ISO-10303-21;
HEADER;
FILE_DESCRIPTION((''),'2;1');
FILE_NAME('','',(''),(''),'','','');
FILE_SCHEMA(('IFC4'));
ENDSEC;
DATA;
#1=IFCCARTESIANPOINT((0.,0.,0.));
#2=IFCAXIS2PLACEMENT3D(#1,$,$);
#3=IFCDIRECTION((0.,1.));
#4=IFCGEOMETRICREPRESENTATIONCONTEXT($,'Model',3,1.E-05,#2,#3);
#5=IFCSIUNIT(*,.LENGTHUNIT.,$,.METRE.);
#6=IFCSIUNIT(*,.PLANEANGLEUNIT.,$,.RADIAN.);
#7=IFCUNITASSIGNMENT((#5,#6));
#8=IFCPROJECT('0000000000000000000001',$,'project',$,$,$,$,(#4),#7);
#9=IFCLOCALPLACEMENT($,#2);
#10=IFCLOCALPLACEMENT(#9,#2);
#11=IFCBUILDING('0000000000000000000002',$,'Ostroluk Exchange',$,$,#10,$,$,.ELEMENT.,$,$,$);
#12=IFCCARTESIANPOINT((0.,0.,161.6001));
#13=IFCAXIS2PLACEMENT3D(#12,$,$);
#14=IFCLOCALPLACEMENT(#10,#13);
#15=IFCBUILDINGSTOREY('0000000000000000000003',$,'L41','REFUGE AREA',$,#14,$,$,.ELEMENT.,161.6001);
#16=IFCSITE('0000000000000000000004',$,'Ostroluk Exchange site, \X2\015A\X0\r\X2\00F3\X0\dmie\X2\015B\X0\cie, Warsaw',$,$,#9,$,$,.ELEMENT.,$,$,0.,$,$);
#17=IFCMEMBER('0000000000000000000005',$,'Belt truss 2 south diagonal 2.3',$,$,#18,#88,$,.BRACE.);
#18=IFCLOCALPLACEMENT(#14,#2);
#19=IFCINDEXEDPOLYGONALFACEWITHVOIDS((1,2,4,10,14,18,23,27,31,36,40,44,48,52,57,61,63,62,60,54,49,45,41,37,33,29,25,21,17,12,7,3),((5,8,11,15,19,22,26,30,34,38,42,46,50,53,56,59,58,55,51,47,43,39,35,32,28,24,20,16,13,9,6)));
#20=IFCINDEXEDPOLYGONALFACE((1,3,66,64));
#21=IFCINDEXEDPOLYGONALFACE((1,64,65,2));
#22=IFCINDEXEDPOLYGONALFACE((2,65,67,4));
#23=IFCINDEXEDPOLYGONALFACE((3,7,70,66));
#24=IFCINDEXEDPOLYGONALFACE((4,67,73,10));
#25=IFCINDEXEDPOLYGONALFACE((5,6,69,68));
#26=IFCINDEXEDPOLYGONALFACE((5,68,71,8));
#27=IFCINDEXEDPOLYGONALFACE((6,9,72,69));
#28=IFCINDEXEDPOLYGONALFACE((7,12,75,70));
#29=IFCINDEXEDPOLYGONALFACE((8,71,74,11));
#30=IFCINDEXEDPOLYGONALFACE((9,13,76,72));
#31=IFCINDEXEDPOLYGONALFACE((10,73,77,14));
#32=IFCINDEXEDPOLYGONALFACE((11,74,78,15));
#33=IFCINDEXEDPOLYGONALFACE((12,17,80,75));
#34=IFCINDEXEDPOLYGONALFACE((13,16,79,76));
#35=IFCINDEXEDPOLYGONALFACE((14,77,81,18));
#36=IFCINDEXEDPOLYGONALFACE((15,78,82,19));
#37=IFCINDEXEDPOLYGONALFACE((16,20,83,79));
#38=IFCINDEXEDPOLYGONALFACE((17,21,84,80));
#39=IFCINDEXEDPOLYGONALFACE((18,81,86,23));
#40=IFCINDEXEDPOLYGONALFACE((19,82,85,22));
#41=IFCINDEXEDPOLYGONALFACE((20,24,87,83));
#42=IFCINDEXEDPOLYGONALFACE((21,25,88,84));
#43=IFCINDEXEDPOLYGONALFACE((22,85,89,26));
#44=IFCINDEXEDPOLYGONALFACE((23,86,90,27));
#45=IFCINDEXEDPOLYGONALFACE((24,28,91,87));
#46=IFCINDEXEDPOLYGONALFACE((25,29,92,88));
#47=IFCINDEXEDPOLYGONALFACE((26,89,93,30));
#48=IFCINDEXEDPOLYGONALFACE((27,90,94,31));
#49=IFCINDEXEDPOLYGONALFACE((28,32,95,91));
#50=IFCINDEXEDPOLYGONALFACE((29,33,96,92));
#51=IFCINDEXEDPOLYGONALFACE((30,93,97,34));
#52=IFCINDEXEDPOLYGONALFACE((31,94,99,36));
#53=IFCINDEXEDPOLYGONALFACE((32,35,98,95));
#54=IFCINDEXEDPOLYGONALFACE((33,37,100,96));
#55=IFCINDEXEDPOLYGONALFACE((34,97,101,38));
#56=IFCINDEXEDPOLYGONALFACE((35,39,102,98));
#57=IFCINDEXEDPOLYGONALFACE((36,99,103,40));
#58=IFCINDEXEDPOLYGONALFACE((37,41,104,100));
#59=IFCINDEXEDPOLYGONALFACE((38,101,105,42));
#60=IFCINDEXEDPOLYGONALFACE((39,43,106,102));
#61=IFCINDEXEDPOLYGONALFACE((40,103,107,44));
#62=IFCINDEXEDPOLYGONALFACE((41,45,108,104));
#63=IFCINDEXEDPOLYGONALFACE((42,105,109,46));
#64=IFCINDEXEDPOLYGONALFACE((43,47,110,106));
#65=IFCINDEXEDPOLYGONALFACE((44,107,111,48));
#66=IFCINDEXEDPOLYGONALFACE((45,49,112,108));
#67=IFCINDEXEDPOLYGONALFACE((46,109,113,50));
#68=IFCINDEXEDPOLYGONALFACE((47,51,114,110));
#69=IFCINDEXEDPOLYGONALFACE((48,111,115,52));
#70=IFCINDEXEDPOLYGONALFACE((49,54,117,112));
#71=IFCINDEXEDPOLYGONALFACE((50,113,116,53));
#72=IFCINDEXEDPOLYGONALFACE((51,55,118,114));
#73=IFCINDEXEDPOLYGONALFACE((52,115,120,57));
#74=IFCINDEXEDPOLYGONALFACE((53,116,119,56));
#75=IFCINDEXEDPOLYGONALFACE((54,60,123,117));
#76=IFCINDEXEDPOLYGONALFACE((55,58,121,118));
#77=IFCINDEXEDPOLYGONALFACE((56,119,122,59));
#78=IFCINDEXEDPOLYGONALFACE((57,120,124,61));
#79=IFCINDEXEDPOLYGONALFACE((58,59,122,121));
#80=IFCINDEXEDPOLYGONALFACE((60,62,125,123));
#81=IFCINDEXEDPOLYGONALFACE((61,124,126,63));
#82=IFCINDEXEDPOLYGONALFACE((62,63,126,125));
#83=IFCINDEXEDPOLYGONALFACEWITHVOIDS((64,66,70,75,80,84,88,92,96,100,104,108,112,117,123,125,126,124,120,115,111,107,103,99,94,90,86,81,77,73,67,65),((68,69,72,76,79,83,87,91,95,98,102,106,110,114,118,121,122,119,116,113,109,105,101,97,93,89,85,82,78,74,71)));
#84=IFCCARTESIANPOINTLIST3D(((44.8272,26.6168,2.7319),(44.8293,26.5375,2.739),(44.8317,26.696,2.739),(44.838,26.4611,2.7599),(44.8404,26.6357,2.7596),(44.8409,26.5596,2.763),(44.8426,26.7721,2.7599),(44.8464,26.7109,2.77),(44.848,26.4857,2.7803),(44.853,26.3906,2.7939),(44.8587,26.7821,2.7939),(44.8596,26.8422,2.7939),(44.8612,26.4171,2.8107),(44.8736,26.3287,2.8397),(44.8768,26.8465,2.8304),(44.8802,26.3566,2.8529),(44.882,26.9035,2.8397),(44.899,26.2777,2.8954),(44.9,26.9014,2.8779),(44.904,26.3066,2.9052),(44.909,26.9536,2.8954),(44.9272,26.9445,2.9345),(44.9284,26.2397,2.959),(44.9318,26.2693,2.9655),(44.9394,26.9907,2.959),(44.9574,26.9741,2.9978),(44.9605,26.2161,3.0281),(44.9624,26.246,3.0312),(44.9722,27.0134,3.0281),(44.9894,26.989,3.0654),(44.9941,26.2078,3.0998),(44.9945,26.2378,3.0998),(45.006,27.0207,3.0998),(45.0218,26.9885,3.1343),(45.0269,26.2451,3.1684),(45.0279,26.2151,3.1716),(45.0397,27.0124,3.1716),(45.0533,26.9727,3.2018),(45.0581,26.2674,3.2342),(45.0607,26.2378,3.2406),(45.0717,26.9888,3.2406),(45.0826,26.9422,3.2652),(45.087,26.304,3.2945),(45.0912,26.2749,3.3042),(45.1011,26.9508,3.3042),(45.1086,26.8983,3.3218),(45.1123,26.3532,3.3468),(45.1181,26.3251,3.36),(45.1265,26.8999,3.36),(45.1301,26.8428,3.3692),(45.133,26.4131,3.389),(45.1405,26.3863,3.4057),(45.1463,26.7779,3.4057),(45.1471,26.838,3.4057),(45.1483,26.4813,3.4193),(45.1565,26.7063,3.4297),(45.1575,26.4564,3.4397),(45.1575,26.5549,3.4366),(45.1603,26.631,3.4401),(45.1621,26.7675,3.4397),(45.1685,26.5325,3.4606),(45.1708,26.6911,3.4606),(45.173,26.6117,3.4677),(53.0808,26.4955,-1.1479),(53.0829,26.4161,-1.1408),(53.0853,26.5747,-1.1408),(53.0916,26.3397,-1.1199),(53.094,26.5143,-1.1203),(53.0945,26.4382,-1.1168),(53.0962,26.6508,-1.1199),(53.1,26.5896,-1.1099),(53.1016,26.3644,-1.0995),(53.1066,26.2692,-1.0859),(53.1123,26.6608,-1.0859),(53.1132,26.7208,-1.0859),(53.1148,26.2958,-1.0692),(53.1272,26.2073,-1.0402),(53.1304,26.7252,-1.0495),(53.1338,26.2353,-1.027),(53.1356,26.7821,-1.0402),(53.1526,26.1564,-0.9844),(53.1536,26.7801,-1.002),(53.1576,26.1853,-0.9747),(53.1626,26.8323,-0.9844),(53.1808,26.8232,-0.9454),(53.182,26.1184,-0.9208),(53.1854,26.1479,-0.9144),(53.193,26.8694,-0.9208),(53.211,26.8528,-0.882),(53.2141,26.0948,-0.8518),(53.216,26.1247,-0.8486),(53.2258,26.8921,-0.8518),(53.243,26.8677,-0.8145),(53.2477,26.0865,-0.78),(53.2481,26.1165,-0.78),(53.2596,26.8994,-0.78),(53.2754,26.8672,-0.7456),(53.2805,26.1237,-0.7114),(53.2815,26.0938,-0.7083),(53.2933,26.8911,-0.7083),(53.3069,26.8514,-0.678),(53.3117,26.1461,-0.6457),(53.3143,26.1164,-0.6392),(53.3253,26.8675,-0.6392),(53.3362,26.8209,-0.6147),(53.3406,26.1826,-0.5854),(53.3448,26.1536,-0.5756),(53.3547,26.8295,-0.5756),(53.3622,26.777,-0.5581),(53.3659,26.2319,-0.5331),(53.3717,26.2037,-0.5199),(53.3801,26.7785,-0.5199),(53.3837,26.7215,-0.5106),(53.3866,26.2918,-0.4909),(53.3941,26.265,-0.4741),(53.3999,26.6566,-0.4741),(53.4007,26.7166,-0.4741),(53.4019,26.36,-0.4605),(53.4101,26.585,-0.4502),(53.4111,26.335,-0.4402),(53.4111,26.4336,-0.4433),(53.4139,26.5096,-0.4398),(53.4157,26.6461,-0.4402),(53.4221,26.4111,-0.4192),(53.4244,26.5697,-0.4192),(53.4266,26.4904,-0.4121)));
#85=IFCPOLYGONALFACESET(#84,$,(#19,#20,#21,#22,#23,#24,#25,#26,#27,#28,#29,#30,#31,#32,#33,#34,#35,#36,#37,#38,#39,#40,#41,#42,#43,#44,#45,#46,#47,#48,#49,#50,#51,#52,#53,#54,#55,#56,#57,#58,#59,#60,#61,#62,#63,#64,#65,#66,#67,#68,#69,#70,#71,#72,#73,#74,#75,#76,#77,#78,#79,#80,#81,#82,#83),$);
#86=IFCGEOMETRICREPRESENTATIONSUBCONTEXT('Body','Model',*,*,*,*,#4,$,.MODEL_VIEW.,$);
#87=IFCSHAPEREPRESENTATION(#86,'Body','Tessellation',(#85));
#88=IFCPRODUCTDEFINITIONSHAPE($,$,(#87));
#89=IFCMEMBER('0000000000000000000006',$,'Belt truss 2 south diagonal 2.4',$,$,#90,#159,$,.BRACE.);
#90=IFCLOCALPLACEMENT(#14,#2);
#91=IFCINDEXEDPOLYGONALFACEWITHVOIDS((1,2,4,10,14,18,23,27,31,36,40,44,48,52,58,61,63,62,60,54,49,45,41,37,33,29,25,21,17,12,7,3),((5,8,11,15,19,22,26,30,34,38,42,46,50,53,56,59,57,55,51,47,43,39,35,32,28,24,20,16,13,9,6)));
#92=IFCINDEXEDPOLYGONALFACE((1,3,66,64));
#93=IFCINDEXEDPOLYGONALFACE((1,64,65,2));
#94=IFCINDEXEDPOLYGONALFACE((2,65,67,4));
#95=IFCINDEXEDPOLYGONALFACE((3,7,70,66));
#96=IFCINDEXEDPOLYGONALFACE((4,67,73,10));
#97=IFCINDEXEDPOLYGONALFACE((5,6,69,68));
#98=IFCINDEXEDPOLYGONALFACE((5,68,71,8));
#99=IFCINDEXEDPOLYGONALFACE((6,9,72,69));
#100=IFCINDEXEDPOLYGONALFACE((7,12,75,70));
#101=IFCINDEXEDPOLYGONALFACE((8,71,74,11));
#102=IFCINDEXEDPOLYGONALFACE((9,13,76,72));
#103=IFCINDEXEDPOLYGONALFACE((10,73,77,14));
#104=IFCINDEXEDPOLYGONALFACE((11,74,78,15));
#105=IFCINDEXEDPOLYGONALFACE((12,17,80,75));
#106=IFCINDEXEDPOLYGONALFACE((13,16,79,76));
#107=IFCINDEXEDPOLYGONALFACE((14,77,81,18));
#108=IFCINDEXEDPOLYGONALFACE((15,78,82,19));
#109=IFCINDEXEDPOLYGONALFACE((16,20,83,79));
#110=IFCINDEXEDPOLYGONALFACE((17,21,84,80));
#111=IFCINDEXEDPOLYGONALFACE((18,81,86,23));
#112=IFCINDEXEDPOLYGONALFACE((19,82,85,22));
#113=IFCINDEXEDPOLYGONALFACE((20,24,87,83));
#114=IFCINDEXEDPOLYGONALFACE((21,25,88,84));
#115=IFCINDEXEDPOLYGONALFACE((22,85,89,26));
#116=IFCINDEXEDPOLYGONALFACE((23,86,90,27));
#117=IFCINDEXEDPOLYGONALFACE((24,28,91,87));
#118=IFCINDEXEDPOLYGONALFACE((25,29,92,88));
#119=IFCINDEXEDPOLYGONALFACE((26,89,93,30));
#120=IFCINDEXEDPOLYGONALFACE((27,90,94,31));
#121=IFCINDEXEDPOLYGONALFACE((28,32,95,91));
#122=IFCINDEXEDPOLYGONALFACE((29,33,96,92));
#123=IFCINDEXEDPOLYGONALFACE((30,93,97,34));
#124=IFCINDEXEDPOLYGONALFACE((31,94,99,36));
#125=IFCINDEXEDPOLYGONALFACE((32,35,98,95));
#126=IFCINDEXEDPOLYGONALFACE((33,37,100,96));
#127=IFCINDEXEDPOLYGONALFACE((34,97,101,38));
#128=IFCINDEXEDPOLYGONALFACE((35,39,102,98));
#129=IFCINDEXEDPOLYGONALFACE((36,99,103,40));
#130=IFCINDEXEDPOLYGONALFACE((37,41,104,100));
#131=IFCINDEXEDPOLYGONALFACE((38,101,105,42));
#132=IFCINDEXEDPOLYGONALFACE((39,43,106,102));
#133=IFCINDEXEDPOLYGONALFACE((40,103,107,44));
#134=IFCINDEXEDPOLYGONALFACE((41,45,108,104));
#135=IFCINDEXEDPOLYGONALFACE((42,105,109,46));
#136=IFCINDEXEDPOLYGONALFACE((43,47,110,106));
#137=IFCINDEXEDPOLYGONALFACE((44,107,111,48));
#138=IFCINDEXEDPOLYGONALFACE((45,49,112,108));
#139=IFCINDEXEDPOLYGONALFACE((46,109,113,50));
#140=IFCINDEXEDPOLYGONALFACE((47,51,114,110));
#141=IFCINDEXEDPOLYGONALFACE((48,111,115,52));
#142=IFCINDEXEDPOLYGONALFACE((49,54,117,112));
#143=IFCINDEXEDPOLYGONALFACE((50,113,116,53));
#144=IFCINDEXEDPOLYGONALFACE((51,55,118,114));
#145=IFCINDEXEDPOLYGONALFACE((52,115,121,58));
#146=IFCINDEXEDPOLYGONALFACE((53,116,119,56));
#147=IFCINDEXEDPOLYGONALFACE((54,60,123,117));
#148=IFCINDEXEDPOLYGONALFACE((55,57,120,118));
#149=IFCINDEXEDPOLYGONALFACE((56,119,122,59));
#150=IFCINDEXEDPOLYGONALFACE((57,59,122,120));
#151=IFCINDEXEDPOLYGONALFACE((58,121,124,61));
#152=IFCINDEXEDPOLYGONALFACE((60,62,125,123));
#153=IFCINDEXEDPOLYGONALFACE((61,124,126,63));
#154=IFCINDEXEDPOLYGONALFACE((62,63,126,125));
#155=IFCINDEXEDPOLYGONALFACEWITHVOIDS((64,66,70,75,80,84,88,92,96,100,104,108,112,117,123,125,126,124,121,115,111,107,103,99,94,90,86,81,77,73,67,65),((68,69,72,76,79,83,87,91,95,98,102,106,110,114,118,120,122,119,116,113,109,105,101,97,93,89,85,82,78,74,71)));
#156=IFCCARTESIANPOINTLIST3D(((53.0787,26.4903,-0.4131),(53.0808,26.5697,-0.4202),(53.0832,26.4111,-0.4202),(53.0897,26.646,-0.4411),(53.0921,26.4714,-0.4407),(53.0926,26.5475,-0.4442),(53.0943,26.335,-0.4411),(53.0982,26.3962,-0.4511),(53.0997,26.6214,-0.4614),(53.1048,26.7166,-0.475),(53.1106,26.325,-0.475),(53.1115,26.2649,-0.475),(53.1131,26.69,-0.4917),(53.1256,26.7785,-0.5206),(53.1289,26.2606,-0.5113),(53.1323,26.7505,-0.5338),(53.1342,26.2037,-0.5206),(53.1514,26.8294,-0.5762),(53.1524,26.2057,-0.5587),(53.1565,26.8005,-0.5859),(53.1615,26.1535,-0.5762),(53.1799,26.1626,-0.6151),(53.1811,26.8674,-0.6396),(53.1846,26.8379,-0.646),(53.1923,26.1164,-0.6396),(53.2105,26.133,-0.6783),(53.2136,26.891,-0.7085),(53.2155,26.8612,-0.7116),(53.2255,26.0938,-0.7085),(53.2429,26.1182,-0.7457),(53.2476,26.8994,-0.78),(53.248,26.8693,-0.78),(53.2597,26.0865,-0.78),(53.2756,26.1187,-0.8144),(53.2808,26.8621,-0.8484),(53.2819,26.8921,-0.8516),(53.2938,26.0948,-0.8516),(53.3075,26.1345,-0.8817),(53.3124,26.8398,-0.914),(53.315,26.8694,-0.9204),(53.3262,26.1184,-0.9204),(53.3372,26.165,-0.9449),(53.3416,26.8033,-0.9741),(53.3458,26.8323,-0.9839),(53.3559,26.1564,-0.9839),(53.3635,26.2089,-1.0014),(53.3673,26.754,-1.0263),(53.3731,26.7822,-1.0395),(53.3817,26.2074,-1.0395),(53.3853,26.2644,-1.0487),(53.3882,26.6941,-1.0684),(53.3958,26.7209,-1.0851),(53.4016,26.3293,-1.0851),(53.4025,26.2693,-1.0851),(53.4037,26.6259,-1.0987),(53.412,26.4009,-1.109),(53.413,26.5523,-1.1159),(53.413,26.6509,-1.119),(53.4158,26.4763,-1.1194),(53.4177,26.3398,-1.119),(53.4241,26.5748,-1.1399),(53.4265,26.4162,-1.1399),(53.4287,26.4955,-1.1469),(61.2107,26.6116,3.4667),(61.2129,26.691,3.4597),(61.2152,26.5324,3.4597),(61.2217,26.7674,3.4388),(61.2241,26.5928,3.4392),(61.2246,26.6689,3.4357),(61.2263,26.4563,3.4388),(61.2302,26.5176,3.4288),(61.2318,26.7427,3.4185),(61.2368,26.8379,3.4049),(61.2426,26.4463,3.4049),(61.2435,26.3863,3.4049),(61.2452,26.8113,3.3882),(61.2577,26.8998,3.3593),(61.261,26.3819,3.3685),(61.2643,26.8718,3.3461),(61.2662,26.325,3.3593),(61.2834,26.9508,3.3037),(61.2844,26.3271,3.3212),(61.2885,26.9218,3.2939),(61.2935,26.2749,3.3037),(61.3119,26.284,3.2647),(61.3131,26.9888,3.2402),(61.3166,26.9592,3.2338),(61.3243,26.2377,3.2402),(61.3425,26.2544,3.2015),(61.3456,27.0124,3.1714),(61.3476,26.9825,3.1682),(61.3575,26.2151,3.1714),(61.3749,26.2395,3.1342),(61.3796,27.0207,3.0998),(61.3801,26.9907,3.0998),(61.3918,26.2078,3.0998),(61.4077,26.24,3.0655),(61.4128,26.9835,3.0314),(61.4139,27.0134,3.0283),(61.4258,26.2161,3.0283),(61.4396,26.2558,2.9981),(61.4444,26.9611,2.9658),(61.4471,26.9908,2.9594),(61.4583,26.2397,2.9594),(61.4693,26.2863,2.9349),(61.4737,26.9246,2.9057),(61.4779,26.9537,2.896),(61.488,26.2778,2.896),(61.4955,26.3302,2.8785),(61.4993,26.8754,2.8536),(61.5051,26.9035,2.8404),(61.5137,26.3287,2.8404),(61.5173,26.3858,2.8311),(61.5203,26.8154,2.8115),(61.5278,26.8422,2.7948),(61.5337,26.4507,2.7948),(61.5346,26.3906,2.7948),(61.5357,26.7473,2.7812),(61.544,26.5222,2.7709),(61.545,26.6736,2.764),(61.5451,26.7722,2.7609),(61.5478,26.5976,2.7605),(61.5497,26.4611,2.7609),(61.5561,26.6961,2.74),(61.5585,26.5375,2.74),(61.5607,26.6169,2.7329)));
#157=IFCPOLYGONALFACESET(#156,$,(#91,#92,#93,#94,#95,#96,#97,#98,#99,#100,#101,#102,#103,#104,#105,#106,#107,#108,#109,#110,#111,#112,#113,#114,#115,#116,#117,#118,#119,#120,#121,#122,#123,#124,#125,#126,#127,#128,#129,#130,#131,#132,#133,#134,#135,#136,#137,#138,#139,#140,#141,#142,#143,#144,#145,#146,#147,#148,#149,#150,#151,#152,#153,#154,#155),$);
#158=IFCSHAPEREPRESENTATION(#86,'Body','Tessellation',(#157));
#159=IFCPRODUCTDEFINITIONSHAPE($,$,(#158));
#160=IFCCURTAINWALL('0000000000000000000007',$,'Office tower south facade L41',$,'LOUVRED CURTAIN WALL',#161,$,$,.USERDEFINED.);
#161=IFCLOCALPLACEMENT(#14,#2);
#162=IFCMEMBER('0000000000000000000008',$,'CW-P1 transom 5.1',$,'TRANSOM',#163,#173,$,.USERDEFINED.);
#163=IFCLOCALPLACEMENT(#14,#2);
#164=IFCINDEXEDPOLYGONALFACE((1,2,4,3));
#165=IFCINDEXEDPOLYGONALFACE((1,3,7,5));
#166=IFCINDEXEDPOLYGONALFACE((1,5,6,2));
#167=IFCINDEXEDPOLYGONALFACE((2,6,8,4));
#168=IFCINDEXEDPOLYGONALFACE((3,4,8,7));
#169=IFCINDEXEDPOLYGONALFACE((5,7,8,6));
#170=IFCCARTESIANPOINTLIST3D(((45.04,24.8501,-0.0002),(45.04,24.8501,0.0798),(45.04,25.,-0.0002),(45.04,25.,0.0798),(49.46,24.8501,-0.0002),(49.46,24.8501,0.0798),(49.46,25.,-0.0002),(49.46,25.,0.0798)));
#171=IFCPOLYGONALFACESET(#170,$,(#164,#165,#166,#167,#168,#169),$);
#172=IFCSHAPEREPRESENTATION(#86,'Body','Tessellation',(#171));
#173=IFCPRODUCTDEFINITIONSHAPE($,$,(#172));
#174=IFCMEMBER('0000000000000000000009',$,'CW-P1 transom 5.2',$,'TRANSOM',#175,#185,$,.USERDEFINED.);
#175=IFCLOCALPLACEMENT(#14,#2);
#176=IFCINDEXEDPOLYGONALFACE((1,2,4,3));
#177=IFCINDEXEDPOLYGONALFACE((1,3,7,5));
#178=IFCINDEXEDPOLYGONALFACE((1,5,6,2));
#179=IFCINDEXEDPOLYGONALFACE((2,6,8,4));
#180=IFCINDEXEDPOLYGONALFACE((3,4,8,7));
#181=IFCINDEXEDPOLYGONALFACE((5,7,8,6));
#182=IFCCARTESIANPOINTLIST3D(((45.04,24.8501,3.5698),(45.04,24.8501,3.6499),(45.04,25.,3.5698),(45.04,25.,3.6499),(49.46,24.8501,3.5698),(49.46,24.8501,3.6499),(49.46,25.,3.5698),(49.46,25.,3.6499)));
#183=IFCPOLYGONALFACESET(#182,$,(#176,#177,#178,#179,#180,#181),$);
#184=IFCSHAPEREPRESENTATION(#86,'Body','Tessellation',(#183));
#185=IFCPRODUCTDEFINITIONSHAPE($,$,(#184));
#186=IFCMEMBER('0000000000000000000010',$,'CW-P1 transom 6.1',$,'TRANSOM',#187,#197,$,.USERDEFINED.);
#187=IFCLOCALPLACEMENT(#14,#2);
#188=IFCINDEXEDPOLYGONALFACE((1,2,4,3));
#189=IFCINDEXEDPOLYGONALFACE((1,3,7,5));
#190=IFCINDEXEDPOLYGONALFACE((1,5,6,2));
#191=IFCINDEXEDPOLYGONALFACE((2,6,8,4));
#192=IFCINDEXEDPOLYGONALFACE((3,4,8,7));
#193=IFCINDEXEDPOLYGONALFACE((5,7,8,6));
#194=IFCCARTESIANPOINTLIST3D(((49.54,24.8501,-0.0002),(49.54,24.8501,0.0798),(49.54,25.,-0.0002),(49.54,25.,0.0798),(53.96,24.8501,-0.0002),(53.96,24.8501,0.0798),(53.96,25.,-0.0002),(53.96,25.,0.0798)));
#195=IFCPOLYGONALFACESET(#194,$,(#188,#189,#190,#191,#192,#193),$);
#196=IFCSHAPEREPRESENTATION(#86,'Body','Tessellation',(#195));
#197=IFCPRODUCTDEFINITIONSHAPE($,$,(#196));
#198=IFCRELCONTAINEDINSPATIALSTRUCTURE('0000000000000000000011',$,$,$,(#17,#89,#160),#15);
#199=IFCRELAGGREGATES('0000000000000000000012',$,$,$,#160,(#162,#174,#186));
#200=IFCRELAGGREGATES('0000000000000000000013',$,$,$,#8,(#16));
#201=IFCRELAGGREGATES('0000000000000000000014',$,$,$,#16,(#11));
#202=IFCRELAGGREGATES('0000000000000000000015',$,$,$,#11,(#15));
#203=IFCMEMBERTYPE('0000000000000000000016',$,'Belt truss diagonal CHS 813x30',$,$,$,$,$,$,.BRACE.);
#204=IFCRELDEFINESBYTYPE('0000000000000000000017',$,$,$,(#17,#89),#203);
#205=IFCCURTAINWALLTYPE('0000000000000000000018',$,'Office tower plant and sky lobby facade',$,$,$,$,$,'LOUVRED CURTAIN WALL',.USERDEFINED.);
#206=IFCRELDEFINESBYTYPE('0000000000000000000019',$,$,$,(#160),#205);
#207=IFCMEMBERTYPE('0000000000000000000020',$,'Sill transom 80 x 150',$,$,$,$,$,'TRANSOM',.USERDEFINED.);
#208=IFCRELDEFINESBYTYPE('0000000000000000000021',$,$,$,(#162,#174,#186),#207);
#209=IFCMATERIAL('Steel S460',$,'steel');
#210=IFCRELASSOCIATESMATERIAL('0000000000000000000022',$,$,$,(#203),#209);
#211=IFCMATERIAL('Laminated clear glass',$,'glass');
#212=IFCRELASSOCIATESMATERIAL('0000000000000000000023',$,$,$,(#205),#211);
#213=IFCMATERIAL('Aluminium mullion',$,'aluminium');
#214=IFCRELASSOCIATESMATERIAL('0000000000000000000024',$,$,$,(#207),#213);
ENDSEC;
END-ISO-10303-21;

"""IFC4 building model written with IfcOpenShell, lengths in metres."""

from ifc_helpers import new_model, si_unit, direction, frame, origin, origin_2d, place, context, subcontext, project, spatial, rectangle, hollow_circle, extrude, material, material_profile, profile_set, type_object, element, aggregate, save


model = new_model("IFC4")

# Units and contexts
model_context = context("Model", 3, precision=1e-05, world=origin(), true_north=direction((0.0, 1.0)))
body_context = subcontext(model_context, "Body", "Model", "MODEL_VIEW")
ifc_project = project(units=[si_unit("LENGTHUNIT", "METRE"), si_unit("PLANEANGLEUNIT", "RADIAN")], contexts=[model_context])

# Site, building, storey
site_placement = place(None, origin())
site = spatial("IfcSite", under=ifc_project, at=site_placement, Name="Ostroluk Exchange site, Śródmieście, Warsaw", CompositionType="ELEMENT", RefElevation=0.0)
building_placement = place(site_placement, origin())
building = spatial("IfcBuilding", under=site, at=building_placement, Name="Ostroluk Exchange", CompositionType="ELEMENT")
storey_placement = place(building_placement, frame((0.0, 0.0, 161.6001)))
storey = spatial("IfcBuildingStorey", under=building, at=storey_placement, Name="L41", Description="REFUGE AREA", CompositionType="ELEMENT", Elevation=161.6001)

# Members
ifc_material_1 = material(Name="Steel S460", Category="steel")
ifc_material_profile_1 = material_profile(ifc_material_1, hollow_circle(Radius=0.4065, WallThickness=0.03, at=origin_2d()), Name="CHS 813x30")
ifc_profile_set_1 = profile_set([ifc_material_profile_1], Name="Steel S460")
member_type_1 = type_object("IfcMemberType", Name="Belt truss diagonal CHS 813x30", PredefinedType="BRACE", material=ifc_profile_set_1)
member_1_placement = place(storey_placement, frame((53.2537, 26.4929, -0.78), z_axis=(-0.904916, 0.013303, 0.425383), x_axis=(-0.0147, -0.999892, 0.0)))
element("IfcMember", 1, at=member_1_placement, inside=storey, type_object=member_type_1, Name="Belt truss 2 south diagonal 2.3", PredefinedType="BRACE", context=body_context, shape_type="SweptSolid", body=[
    extrude(hollow_circle(Radius=0.4065, WallThickness=0.03, at=origin_2d()), origin(), (0.0, 0.0, 1.0), 9.1208),
])
member_2_placement = place(storey_placement, frame((53.2537, 26.4929, -0.78), z_axis=(0.902457, 0.013465, 0.43057), x_axis=(-0.014919, 0.999889, 0.0)))
element("IfcMember", 2, at=member_2_placement, inside=storey, type_object=member_type_1, Name="Belt truss 2 south diagonal 2.4", PredefinedType="BRACE", context=body_context, shape_type="SweptSolid", body=[
    extrude(hollow_circle(Radius=0.4065, WallThickness=0.03, at=origin_2d()), origin(), (0.0, 0.0, 1.0), 9.011),
])

# Curtain wall, members
ifc_material_2 = material(Name="Laminated clear glass", Category="glass")
curtain_wall_type = type_object("IfcCurtainWallType", Name="Office tower plant and sky lobby facade", ElementType="LOUVRED CURTAIN WALL", PredefinedType="USERDEFINED", material=ifc_material_2)
curtain_wall_placement = place(storey_placement, origin())
curtain_wall = element("IfcCurtainWall", 3, at=curtain_wall_placement, inside=storey, type_object=curtain_wall_type, Name="Office tower south facade L41", ObjectType="LOUVRED CURTAIN WALL", PredefinedType="USERDEFINED")
ifc_material_3 = material(Name="Aluminium mullion", Category="aluminium")
ifc_material_profile_2 = material_profile(ifc_material_3, rectangle(XDim=0.1499, YDim=0.0801, at=origin_2d()), Name="Sill transom 80 x 150")
ifc_profile_set_2 = profile_set([ifc_material_profile_2], Name="Aluminium mullion")
member_type_2 = type_object("IfcMemberType", Name="Sill transom 80 x 150", ElementType="TRANSOM", PredefinedType="USERDEFINED", material=ifc_profile_set_2)
member_3_placement = place(storey_placement, frame((45.04, 24.925, 0.0398), z_axis=(1.0, 0.0, 0.0), x_axis=(0.0, 1.0, 0.0)))
member_3 = element("IfcMember", 4, at=member_3_placement, type_object=member_type_2, Name="CW-P1 transom 5.1", ObjectType="TRANSOM", PredefinedType="USERDEFINED", context=body_context, shape_type="SweptSolid", body=[
    extrude(rectangle(XDim=0.1499, YDim=0.0801, at=origin_2d()), origin(), (0.0, 0.0, 1.0), 4.4199),
])
member_4_placement = place(storey_placement, frame((45.04, 24.925, 3.6099), z_axis=(1.0, 0.0, 0.0), x_axis=(0.0, 1.0, 0.0)))
member_4 = element("IfcMember", 5, at=member_4_placement, type_object=member_type_2, Name="CW-P1 transom 5.2", ObjectType="TRANSOM", PredefinedType="USERDEFINED", context=body_context, shape_type="SweptSolid", body=[
    extrude(rectangle(XDim=0.1499, YDim=0.0801, at=origin_2d()), origin(), (0.0, 0.0, 1.0), 4.4199),
])
member_5_placement = place(storey_placement, frame((49.54, 24.925, 0.0398), z_axis=(1.0, 0.0, 0.0), x_axis=(0.0, 1.0, 0.0)))
member_5 = element("IfcMember", 6, at=member_5_placement, type_object=member_type_2, Name="CW-P1 transom 6.1", ObjectType="TRANSOM", PredefinedType="USERDEFINED", context=body_context, shape_type="SweptSolid", body=[
    extrude(rectangle(XDim=0.1499, YDim=0.0801, at=origin_2d()), origin(), (0.0, 0.0, 1.0), 4.4199),
])
aggregate(curtain_wall, [member_3, member_4, member_5])

save(model, "model.ifc")
